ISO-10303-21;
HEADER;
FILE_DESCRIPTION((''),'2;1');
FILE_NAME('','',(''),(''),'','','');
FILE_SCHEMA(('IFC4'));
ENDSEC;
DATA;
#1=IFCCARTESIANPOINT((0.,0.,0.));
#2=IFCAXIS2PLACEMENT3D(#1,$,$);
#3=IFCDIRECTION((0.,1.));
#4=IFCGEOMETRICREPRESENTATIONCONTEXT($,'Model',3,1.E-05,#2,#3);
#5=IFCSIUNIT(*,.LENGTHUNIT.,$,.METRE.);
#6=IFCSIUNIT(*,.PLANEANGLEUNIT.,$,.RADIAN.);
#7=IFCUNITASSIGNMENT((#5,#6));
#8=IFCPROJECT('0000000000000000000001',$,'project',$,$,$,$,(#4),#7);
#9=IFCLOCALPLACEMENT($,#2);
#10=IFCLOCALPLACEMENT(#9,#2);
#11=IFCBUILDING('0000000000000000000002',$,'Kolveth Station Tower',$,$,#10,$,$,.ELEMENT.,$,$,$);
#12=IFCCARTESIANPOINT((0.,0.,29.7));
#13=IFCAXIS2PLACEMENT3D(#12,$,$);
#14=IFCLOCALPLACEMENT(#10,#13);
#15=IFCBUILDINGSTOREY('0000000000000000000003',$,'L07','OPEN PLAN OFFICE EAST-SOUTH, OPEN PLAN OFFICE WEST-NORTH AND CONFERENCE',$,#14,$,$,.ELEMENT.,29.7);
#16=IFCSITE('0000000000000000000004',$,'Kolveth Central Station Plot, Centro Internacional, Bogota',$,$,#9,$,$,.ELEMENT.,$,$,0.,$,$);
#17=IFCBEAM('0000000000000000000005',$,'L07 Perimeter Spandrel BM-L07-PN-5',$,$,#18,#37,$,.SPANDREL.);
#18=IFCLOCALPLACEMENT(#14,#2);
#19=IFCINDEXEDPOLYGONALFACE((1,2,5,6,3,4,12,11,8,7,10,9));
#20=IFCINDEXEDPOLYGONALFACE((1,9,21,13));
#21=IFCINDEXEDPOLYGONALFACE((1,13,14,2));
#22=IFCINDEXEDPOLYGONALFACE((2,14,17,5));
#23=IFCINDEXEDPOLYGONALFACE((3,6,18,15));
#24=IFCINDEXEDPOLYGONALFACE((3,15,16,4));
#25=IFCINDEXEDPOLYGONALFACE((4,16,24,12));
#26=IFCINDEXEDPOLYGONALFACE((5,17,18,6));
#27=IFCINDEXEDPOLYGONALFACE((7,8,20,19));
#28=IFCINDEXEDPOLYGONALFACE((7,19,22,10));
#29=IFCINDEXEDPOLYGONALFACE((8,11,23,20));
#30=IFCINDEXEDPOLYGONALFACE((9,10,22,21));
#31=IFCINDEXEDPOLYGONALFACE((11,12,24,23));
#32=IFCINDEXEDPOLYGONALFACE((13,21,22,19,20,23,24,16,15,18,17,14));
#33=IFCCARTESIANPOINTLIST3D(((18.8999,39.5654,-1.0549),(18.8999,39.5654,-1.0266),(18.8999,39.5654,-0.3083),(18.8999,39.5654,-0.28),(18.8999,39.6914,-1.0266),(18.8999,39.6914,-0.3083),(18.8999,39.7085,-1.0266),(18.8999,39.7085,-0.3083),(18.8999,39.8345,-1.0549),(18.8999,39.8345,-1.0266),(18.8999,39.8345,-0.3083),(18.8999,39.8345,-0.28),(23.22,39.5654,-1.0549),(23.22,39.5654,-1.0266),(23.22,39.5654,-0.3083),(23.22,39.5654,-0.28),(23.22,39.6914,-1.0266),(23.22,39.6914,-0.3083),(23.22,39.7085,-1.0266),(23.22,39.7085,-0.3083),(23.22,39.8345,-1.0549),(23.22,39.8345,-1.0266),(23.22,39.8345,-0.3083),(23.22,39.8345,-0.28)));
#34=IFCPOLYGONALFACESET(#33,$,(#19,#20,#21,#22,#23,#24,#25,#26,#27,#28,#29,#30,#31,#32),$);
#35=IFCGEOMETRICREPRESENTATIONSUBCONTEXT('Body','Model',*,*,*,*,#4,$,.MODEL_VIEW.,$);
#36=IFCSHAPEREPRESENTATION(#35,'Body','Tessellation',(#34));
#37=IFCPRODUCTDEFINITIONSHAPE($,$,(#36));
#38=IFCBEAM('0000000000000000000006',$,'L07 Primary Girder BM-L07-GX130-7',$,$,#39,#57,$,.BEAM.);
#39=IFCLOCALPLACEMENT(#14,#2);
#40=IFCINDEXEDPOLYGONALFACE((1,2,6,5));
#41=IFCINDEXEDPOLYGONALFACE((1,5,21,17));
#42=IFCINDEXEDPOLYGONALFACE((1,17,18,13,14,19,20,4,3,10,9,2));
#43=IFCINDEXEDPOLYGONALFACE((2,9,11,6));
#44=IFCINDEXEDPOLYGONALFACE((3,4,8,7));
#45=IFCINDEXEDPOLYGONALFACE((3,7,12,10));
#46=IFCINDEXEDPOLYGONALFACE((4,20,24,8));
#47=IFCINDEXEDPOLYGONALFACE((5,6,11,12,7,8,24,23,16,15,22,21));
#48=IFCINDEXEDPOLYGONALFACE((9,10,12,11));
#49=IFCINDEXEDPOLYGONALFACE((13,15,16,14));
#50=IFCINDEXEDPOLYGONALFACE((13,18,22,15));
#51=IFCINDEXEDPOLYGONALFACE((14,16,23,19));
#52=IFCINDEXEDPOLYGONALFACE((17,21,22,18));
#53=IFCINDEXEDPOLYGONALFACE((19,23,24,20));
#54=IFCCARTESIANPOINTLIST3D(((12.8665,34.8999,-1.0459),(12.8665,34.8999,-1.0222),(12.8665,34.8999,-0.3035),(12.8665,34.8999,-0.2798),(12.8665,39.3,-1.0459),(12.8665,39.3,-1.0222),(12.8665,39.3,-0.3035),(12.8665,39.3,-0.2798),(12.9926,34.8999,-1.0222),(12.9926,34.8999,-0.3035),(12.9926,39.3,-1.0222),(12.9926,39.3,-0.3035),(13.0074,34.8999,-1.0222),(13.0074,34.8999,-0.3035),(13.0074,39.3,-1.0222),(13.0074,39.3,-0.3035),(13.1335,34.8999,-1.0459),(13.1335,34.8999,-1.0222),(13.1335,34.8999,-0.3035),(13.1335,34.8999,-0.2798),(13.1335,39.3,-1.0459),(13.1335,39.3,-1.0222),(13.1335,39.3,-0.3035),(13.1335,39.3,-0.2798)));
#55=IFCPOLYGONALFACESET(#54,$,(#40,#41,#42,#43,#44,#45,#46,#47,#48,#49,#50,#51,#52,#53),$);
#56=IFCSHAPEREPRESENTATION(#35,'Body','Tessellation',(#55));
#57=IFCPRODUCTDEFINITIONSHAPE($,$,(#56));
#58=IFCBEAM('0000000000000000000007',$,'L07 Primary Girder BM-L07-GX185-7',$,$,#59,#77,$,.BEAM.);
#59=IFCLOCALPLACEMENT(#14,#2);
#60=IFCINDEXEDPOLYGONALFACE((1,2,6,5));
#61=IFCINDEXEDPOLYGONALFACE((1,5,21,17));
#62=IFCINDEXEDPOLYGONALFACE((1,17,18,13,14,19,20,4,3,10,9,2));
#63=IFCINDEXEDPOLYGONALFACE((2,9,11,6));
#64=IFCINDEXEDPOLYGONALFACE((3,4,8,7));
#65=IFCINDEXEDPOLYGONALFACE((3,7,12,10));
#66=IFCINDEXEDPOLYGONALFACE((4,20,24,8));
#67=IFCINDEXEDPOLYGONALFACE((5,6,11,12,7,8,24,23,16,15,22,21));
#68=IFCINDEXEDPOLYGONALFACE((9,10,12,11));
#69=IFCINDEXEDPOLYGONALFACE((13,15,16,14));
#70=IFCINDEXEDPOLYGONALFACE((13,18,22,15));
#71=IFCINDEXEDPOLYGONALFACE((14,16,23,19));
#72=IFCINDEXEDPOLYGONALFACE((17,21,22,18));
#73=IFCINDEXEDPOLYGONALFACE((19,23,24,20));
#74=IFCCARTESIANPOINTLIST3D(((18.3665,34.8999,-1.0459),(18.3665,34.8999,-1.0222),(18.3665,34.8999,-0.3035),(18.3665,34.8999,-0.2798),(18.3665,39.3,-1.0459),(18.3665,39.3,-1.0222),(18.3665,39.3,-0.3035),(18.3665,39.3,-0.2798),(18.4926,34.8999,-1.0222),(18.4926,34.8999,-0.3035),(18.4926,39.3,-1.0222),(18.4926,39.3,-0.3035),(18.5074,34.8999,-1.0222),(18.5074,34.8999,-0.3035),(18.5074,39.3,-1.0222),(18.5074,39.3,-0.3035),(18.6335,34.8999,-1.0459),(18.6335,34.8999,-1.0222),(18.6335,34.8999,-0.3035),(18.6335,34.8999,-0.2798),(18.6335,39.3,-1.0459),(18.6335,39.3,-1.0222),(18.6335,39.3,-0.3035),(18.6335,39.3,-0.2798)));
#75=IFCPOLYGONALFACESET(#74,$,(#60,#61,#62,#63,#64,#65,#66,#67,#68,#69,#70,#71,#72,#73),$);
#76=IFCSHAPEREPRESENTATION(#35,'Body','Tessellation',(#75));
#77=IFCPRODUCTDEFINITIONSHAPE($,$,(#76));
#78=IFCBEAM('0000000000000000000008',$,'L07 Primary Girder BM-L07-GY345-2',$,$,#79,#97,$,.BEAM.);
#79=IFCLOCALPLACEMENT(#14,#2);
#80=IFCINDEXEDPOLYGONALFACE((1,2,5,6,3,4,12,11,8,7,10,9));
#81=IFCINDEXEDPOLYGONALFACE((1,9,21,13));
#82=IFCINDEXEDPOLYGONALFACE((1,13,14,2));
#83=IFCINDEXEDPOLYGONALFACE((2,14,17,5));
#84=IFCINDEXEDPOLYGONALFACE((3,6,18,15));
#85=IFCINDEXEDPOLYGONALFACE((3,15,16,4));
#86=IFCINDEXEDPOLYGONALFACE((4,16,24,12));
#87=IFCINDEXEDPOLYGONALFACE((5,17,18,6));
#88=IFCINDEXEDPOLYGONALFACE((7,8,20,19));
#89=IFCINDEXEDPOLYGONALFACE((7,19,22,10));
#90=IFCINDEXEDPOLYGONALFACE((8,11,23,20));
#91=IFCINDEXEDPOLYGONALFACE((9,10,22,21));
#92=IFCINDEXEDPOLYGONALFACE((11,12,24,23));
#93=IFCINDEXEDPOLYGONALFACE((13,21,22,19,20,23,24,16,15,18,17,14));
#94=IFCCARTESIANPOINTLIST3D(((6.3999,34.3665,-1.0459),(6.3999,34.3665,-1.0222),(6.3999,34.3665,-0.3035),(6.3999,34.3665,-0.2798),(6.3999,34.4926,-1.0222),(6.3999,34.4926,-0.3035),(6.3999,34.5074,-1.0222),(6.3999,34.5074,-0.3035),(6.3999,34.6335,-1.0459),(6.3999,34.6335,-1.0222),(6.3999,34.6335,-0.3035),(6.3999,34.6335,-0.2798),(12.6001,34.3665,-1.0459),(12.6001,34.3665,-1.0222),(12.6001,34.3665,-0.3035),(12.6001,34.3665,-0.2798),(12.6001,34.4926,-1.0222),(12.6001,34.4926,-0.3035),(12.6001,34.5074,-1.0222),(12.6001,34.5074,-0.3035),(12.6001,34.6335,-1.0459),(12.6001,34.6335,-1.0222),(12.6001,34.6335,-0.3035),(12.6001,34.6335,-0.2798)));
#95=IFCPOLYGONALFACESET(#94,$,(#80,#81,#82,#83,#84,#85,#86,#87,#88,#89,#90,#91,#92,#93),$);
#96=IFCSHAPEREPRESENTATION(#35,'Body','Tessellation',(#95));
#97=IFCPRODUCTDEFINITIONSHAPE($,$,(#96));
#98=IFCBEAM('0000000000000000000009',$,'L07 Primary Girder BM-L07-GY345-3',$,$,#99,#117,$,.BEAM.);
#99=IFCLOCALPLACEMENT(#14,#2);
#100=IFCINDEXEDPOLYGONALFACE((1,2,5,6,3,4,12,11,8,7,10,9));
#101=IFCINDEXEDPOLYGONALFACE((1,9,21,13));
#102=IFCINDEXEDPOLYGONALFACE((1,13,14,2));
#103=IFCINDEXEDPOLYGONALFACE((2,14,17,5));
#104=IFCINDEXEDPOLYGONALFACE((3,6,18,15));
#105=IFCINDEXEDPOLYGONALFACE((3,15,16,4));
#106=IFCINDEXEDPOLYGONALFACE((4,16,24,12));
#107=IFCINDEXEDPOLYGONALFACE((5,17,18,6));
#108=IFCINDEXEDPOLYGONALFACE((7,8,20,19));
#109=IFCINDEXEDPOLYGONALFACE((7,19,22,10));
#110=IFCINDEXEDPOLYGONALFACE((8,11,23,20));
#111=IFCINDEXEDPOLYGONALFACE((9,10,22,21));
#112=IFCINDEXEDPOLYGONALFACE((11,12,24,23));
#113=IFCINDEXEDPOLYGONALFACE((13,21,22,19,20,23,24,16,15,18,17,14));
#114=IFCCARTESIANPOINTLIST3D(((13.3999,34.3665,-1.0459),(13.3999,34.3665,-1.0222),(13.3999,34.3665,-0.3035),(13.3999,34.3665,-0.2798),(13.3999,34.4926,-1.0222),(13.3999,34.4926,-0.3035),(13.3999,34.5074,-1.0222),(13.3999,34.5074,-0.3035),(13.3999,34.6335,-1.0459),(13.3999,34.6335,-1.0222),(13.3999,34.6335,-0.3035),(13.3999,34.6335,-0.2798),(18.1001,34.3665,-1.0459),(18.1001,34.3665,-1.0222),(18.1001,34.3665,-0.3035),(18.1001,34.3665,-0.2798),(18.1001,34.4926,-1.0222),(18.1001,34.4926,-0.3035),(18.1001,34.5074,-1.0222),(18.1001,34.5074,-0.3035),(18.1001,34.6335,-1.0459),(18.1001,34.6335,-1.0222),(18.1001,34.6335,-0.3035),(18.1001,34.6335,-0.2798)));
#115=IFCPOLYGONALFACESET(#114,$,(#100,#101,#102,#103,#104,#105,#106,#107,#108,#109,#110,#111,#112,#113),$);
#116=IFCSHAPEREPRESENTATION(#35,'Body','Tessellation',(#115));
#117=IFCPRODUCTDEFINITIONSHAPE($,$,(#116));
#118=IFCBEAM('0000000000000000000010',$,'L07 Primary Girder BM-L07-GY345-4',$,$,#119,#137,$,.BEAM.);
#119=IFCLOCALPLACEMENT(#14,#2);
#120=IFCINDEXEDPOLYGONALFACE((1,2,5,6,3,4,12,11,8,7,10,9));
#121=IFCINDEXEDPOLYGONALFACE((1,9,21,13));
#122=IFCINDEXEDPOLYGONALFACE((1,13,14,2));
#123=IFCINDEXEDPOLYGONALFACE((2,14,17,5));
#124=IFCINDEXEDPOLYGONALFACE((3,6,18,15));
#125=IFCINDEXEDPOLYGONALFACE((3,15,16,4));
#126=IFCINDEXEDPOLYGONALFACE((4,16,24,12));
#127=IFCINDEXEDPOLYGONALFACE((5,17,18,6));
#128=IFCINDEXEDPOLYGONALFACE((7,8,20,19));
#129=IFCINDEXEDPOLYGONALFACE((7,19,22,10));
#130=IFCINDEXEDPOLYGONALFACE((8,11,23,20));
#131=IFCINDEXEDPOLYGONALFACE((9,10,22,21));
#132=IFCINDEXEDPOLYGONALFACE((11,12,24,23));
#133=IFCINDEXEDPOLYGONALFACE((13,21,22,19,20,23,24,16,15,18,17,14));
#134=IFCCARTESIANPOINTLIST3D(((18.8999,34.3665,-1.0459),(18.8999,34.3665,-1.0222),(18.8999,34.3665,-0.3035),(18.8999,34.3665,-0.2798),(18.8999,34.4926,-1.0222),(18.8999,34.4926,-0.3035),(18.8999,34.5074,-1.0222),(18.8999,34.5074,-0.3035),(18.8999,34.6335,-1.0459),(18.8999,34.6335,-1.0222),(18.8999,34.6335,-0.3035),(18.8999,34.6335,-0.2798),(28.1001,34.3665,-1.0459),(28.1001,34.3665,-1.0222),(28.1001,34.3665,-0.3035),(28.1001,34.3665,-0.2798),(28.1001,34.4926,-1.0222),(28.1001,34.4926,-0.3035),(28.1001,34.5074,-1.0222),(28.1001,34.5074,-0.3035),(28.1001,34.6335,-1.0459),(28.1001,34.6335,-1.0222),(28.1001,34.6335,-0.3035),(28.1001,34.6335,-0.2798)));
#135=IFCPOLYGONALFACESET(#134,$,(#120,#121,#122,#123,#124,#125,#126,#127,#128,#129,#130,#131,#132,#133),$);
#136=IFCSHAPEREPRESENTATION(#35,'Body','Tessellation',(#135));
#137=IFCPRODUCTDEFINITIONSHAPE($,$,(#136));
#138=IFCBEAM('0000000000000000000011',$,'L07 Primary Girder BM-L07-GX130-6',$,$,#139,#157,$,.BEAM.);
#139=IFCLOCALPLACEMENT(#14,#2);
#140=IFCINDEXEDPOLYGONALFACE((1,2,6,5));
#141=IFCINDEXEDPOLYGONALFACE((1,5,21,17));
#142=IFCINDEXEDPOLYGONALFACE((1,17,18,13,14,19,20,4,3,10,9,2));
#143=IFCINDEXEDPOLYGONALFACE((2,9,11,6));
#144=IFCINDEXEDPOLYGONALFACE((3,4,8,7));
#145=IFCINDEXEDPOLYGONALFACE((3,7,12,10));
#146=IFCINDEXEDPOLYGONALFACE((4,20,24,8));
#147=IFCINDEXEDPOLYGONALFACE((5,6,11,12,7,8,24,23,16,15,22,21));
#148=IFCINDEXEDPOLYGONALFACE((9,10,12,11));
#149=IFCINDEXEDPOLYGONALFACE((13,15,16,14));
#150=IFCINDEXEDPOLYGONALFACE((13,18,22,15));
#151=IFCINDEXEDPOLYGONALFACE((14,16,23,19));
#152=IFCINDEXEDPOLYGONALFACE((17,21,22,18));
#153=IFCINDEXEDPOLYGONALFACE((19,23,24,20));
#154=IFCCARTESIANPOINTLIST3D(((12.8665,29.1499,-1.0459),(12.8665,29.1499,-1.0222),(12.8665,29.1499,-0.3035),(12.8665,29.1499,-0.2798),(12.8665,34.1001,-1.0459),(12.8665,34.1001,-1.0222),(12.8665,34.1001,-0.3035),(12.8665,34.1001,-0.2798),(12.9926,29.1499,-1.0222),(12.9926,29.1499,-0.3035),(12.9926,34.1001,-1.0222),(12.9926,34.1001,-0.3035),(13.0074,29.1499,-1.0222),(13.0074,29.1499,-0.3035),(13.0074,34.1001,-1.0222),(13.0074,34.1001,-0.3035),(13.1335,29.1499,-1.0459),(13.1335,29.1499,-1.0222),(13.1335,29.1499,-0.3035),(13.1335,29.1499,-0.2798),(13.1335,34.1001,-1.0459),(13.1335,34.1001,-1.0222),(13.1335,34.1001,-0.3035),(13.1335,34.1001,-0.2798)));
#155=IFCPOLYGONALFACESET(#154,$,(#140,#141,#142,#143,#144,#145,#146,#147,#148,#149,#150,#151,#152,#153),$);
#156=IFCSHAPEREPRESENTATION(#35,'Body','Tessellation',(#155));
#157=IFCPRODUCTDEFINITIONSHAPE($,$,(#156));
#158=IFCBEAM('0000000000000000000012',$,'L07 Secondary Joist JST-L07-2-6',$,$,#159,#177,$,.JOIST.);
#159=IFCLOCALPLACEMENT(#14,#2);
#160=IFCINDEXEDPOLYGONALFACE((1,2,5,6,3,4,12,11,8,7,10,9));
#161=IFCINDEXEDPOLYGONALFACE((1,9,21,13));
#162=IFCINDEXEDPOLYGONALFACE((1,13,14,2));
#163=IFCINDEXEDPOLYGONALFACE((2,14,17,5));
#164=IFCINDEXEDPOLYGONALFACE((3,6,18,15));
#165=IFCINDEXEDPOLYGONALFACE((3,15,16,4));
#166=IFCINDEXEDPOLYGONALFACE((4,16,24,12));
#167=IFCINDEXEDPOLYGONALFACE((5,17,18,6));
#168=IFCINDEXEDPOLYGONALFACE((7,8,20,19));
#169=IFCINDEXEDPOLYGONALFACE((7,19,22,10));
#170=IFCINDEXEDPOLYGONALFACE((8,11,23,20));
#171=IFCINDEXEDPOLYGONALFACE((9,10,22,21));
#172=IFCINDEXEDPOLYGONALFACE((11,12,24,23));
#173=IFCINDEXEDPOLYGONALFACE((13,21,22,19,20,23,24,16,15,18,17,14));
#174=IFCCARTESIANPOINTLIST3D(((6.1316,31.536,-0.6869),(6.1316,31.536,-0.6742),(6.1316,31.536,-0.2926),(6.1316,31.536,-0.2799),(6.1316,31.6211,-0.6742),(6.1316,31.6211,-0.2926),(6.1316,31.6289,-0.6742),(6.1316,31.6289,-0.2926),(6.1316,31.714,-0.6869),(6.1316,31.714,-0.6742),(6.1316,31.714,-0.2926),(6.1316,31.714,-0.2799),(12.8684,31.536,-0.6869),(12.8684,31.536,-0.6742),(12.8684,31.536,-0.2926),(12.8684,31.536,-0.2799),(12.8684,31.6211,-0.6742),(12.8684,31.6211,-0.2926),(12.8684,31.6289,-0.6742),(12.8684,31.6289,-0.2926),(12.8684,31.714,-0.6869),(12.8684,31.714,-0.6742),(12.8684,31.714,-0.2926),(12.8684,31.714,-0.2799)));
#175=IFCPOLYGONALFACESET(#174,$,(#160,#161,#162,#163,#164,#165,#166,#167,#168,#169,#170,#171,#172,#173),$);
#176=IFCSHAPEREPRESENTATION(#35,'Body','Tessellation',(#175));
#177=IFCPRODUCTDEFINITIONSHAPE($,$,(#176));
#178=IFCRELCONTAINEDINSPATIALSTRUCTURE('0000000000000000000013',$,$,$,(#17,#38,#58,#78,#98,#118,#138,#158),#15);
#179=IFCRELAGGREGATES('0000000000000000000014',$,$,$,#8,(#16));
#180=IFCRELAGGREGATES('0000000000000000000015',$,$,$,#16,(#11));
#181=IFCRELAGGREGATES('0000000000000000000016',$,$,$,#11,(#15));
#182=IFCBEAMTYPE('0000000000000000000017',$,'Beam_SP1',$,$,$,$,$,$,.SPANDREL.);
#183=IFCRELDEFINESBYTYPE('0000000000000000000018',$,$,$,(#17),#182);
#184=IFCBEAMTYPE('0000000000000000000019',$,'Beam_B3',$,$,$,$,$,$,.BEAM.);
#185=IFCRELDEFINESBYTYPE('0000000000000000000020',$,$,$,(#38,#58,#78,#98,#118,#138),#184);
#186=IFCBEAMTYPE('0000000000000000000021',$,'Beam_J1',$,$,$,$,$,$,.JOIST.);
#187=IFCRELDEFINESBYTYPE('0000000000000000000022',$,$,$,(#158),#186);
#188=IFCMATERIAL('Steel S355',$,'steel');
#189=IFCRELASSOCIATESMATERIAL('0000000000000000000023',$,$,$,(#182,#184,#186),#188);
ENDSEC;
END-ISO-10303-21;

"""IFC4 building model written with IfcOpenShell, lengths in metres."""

from ifc_helpers import new_model, si_unit, direction, frame, origin, origin_2d, place, context, subcontext, project, spatial, i_section, extrude, source, transform, mapped, material, material_profile, profile_set, type_object, element, save


model = new_model("IFC4")

# Units and contexts
model_context = context("Model", 3, precision=1e-05, world=origin(), true_north=direction((0.0, 1.0)))
body_context = subcontext(model_context, "Body", "Model", "MODEL_VIEW")
ifc_project = project(units=[si_unit("LENGTHUNIT", "METRE"), si_unit("PLANEANGLEUNIT", "RADIAN")], contexts=[model_context])

# Site, building, storey
site_placement = place(None, origin())
site = spatial("IfcSite", under=ifc_project, at=site_placement, Name="Kolveth Central Station Plot, Centro Internacional, Bogota", CompositionType="ELEMENT", RefElevation=0.0)
building_placement = place(site_placement, origin())
building = spatial("IfcBuilding", under=site, at=building_placement, Name="Kolveth Station Tower", CompositionType="ELEMENT")
storey_placement = place(building_placement, frame((0.0, 0.0, 29.7)))
storey = spatial("IfcBuildingStorey", under=building, at=storey_placement, Name="L07", Description="OPEN PLAN OFFICE EAST-SOUTH, OPEN PLAN OFFICE WEST-NORTH AND CONFERENCE", CompositionType="ELEMENT", Elevation=29.7)

# Shared definitions
ifc_material_1 = material(Name="Steel S355", Category="steel")

# Beams
ifc_material_profile_1 = material_profile(ifc_material_1, i_section(OverallWidth=0.269, OverallDepth=0.7749, WebThickness=0.0171, FlangeThickness=0.0283, at=origin_2d()), Name="W760x220")
ifc_profile_set_1 = profile_set([ifc_material_profile_1], Name="Steel S355")
beam_type_1 = type_object("IfcBeamType", Name="Beam_SP1", PredefinedType="SPANDREL", material=ifc_profile_set_1)
shared_shape_1 = source(origin(), body_context, "Body", "SweptSolid", [
    extrude(i_section(OverallWidth=0.269, OverallDepth=0.7749, WebThickness=0.0171, FlangeThickness=0.0283, at=origin_2d()), origin(), (0.0, 0.0, 1.0), 4.3201),
])
beam_1_placement = place(storey_placement, frame((18.8999, 39.7, -0.6675), z_axis=(1.0, 0.0, 0.0), x_axis=(0.0, 1.0, 0.0)))
element("IfcBeam", 1, at=beam_1_placement, inside=storey, type_object=beam_type_1, Name="L07 Perimeter Spandrel BM-L07-PN-5", PredefinedType="SPANDREL", context=body_context, shape_type="MappedRepresentation", body=[
    mapped(shared_shape_1, transform((0.0, 0.0, 0.0), x_axis=(1.0, 0.0, 0.0), y_axis=(0.0, 1.0, 0.0), z_axis=(0.0, 0.0, 1.0), scale=1.0)),
])
ifc_material_profile_2 = material_profile(ifc_material_1, i_section(OverallWidth=0.2671, OverallDepth=0.7661, WebThickness=0.0149, FlangeThickness=0.0237, at=origin_2d()), Name="W760x185")
ifc_profile_set_2 = profile_set([ifc_material_profile_2], Name="Steel S355")
beam_type_2 = type_object("IfcBeamType", Name="Beam_B3", PredefinedType="BEAM", material=ifc_profile_set_2)
shared_shape_2 = source(origin(), body_context, "Body", "SweptSolid", [
    extrude(i_section(OverallWidth=0.2671, OverallDepth=0.7661, WebThickness=0.0149, FlangeThickness=0.0237, at=origin_2d()), origin(), (0.0, 0.0, 1.0), 4.4001),
])
for number, where, z_axis, x_axis, name in (
    (2, (13.0, 34.8999, -0.6628), (0.0, 1.0, 0.0), (-1.0, 0.0, 0.0), "L07 Primary Girder BM-L07-GX130-7"),
    (3, (18.5, 34.8999, -0.6628), (0.0, 1.0, 0.0), (-1.0, 0.0, 0.0), "L07 Primary Girder BM-L07-GX185-7"),
):
    element("IfcBeam", number, at=place(storey_placement, frame(where, z_axis=z_axis, x_axis=x_axis)), inside=storey, type_object=beam_type_2, Name=name, PredefinedType="BEAM", context=body_context, shape_type="MappedRepresentation", body=[
        mapped(shared_shape_2, transform((0.0, 0.0, 0.0), x_axis=(1.0, 0.0, 0.0), y_axis=(0.0, 1.0, 0.0), z_axis=(0.0, 0.0, 1.0), scale=1.0)),
    ])
shared_shape_3 = source(origin(), body_context, "Body", "SweptSolid", [
    extrude(i_section(OverallWidth=0.2671, OverallDepth=0.7661, WebThickness=0.0149, FlangeThickness=0.0237, at=origin_2d()), origin(), (0.0, 0.0, 1.0), 6.2002),
])
beam_2_placement = place(storey_placement, frame((6.3999, 34.5, -0.6628), z_axis=(1.0, 0.0, 0.0), x_axis=(0.0, 1.0, 0.0)))
element("IfcBeam", 4, at=beam_2_placement, inside=storey, type_object=beam_type_2, Name="L07 Primary Girder BM-L07-GY345-2", PredefinedType="BEAM", context=body_context, shape_type="MappedRepresentation", body=[
    mapped(shared_shape_3, transform((0.0, 0.0, 0.0), x_axis=(1.0, 0.0, 0.0), y_axis=(0.0, 1.0, 0.0), z_axis=(0.0, 0.0, 1.0), scale=1.0)),
])
shared_shape_4 = source(origin(), body_context, "Body", "SweptSolid", [
    extrude(i_section(OverallWidth=0.2671, OverallDepth=0.7661, WebThickness=0.0149, FlangeThickness=0.0237, at=origin_2d()), origin(), (0.0, 0.0, 1.0), 4.7002),
])
beam_3_placement = place(storey_placement, frame((13.3999, 34.5, -0.6628), z_axis=(1.0, 0.0, 0.0), x_axis=(0.0, 1.0, 0.0)))
element("IfcBeam", 5, at=beam_3_placement, inside=storey, type_object=beam_type_2, Name="L07 Primary Girder BM-L07-GY345-3", PredefinedType="BEAM", context=body_context, shape_type="MappedRepresentation", body=[
    mapped(shared_shape_4, transform((0.0, 0.0, 0.0), x_axis=(1.0, 0.0, 0.0), y_axis=(0.0, 1.0, 0.0), z_axis=(0.0, 0.0, 1.0), scale=1.0)),
])
shared_shape_5 = source(origin(), body_context, "Body", "SweptSolid", [
    extrude(i_section(OverallWidth=0.2671, OverallDepth=0.7661, WebThickness=0.0149, FlangeThickness=0.0237, at=origin_2d()), origin(), (0.0, 0.0, 1.0), 9.2002),
])
beam_4_placement = place(storey_placement, frame((18.8999, 34.5, -0.6628), z_axis=(1.0, 0.0, 0.0), x_axis=(0.0, 1.0, 0.0)))
element("IfcBeam", 6, at=beam_4_placement, inside=storey, type_object=beam_type_2, Name="L07 Primary Girder BM-L07-GY345-4", PredefinedType="BEAM", context=body_context, shape_type="MappedRepresentation", body=[
    mapped(shared_shape_5, transform((0.0, 0.0, 0.0), x_axis=(1.0, 0.0, 0.0), y_axis=(0.0, 1.0, 0.0), z_axis=(0.0, 0.0, 1.0), scale=1.0)),
])
shared_shape_6 = source(origin(), body_context, "Body", "SweptSolid", [
    extrude(i_section(OverallWidth=0.2671, OverallDepth=0.7661, WebThickness=0.0149, FlangeThickness=0.0237, at=origin_2d()), origin(), (0.0, 0.0, 1.0), 4.9502),
])
beam_5_placement = place(storey_placement, frame((13.0, 29.1499, -0.6628), z_axis=(0.0, 1.0, 0.0), x_axis=(-1.0, 0.0, 0.0)))
element("IfcBeam", 7, at=beam_5_placement, inside=storey, type_object=beam_type_2, Name="L07 Primary Girder BM-L07-GX130-6", PredefinedType="BEAM", context=body_context, shape_type="MappedRepresentation", body=[
    mapped(shared_shape_6, transform((0.0, 0.0, 0.0), x_axis=(1.0, 0.0, 0.0), y_axis=(0.0, 1.0, 0.0), z_axis=(0.0, 0.0, 1.0), scale=1.0)),
])
ifc_material_profile_3 = material_profile(ifc_material_1, i_section(OverallWidth=0.178, OverallDepth=0.407, WebThickness=0.0078, FlangeThickness=0.0127, at=origin_2d()), Name="W410x60")
ifc_profile_set_3 = profile_set([ifc_material_profile_3], Name="Steel S355")
beam_type_3 = type_object("IfcBeamType", Name="Beam_J1", PredefinedType="JOIST", material=ifc_profile_set_3)
shared_shape_7 = source(origin(), body_context, "Body", "SweptSolid", [
    extrude(i_section(OverallWidth=0.178, OverallDepth=0.407, WebThickness=0.0078, FlangeThickness=0.0127, at=origin_2d()), origin(), (0.0, 0.0, 1.0), 6.7368),
])
for number, where, z_axis, x_axis, name in (
    (8, (6.1316, 31.625, -0.4834), (1.0, 0.0, 0.0), (0.0, 1.0, 0.0), "L07 Secondary Joist JST-L07-2-6"),
):
    element("IfcBeam", number, at=place(storey_placement, frame(where, z_axis=z_axis, x_axis=x_axis)), inside=storey, type_object=beam_type_3, Name=name, PredefinedType="JOIST", context=body_context, shape_type="MappedRepresentation", body=[
        mapped(shared_shape_7, transform((0.0, 0.0, 0.0), x_axis=(1.0, 0.0, 0.0), y_axis=(0.0, 1.0, 0.0), z_axis=(0.0, 0.0, 1.0), scale=1.0)),
    ])

save(model, "model.ifc")
